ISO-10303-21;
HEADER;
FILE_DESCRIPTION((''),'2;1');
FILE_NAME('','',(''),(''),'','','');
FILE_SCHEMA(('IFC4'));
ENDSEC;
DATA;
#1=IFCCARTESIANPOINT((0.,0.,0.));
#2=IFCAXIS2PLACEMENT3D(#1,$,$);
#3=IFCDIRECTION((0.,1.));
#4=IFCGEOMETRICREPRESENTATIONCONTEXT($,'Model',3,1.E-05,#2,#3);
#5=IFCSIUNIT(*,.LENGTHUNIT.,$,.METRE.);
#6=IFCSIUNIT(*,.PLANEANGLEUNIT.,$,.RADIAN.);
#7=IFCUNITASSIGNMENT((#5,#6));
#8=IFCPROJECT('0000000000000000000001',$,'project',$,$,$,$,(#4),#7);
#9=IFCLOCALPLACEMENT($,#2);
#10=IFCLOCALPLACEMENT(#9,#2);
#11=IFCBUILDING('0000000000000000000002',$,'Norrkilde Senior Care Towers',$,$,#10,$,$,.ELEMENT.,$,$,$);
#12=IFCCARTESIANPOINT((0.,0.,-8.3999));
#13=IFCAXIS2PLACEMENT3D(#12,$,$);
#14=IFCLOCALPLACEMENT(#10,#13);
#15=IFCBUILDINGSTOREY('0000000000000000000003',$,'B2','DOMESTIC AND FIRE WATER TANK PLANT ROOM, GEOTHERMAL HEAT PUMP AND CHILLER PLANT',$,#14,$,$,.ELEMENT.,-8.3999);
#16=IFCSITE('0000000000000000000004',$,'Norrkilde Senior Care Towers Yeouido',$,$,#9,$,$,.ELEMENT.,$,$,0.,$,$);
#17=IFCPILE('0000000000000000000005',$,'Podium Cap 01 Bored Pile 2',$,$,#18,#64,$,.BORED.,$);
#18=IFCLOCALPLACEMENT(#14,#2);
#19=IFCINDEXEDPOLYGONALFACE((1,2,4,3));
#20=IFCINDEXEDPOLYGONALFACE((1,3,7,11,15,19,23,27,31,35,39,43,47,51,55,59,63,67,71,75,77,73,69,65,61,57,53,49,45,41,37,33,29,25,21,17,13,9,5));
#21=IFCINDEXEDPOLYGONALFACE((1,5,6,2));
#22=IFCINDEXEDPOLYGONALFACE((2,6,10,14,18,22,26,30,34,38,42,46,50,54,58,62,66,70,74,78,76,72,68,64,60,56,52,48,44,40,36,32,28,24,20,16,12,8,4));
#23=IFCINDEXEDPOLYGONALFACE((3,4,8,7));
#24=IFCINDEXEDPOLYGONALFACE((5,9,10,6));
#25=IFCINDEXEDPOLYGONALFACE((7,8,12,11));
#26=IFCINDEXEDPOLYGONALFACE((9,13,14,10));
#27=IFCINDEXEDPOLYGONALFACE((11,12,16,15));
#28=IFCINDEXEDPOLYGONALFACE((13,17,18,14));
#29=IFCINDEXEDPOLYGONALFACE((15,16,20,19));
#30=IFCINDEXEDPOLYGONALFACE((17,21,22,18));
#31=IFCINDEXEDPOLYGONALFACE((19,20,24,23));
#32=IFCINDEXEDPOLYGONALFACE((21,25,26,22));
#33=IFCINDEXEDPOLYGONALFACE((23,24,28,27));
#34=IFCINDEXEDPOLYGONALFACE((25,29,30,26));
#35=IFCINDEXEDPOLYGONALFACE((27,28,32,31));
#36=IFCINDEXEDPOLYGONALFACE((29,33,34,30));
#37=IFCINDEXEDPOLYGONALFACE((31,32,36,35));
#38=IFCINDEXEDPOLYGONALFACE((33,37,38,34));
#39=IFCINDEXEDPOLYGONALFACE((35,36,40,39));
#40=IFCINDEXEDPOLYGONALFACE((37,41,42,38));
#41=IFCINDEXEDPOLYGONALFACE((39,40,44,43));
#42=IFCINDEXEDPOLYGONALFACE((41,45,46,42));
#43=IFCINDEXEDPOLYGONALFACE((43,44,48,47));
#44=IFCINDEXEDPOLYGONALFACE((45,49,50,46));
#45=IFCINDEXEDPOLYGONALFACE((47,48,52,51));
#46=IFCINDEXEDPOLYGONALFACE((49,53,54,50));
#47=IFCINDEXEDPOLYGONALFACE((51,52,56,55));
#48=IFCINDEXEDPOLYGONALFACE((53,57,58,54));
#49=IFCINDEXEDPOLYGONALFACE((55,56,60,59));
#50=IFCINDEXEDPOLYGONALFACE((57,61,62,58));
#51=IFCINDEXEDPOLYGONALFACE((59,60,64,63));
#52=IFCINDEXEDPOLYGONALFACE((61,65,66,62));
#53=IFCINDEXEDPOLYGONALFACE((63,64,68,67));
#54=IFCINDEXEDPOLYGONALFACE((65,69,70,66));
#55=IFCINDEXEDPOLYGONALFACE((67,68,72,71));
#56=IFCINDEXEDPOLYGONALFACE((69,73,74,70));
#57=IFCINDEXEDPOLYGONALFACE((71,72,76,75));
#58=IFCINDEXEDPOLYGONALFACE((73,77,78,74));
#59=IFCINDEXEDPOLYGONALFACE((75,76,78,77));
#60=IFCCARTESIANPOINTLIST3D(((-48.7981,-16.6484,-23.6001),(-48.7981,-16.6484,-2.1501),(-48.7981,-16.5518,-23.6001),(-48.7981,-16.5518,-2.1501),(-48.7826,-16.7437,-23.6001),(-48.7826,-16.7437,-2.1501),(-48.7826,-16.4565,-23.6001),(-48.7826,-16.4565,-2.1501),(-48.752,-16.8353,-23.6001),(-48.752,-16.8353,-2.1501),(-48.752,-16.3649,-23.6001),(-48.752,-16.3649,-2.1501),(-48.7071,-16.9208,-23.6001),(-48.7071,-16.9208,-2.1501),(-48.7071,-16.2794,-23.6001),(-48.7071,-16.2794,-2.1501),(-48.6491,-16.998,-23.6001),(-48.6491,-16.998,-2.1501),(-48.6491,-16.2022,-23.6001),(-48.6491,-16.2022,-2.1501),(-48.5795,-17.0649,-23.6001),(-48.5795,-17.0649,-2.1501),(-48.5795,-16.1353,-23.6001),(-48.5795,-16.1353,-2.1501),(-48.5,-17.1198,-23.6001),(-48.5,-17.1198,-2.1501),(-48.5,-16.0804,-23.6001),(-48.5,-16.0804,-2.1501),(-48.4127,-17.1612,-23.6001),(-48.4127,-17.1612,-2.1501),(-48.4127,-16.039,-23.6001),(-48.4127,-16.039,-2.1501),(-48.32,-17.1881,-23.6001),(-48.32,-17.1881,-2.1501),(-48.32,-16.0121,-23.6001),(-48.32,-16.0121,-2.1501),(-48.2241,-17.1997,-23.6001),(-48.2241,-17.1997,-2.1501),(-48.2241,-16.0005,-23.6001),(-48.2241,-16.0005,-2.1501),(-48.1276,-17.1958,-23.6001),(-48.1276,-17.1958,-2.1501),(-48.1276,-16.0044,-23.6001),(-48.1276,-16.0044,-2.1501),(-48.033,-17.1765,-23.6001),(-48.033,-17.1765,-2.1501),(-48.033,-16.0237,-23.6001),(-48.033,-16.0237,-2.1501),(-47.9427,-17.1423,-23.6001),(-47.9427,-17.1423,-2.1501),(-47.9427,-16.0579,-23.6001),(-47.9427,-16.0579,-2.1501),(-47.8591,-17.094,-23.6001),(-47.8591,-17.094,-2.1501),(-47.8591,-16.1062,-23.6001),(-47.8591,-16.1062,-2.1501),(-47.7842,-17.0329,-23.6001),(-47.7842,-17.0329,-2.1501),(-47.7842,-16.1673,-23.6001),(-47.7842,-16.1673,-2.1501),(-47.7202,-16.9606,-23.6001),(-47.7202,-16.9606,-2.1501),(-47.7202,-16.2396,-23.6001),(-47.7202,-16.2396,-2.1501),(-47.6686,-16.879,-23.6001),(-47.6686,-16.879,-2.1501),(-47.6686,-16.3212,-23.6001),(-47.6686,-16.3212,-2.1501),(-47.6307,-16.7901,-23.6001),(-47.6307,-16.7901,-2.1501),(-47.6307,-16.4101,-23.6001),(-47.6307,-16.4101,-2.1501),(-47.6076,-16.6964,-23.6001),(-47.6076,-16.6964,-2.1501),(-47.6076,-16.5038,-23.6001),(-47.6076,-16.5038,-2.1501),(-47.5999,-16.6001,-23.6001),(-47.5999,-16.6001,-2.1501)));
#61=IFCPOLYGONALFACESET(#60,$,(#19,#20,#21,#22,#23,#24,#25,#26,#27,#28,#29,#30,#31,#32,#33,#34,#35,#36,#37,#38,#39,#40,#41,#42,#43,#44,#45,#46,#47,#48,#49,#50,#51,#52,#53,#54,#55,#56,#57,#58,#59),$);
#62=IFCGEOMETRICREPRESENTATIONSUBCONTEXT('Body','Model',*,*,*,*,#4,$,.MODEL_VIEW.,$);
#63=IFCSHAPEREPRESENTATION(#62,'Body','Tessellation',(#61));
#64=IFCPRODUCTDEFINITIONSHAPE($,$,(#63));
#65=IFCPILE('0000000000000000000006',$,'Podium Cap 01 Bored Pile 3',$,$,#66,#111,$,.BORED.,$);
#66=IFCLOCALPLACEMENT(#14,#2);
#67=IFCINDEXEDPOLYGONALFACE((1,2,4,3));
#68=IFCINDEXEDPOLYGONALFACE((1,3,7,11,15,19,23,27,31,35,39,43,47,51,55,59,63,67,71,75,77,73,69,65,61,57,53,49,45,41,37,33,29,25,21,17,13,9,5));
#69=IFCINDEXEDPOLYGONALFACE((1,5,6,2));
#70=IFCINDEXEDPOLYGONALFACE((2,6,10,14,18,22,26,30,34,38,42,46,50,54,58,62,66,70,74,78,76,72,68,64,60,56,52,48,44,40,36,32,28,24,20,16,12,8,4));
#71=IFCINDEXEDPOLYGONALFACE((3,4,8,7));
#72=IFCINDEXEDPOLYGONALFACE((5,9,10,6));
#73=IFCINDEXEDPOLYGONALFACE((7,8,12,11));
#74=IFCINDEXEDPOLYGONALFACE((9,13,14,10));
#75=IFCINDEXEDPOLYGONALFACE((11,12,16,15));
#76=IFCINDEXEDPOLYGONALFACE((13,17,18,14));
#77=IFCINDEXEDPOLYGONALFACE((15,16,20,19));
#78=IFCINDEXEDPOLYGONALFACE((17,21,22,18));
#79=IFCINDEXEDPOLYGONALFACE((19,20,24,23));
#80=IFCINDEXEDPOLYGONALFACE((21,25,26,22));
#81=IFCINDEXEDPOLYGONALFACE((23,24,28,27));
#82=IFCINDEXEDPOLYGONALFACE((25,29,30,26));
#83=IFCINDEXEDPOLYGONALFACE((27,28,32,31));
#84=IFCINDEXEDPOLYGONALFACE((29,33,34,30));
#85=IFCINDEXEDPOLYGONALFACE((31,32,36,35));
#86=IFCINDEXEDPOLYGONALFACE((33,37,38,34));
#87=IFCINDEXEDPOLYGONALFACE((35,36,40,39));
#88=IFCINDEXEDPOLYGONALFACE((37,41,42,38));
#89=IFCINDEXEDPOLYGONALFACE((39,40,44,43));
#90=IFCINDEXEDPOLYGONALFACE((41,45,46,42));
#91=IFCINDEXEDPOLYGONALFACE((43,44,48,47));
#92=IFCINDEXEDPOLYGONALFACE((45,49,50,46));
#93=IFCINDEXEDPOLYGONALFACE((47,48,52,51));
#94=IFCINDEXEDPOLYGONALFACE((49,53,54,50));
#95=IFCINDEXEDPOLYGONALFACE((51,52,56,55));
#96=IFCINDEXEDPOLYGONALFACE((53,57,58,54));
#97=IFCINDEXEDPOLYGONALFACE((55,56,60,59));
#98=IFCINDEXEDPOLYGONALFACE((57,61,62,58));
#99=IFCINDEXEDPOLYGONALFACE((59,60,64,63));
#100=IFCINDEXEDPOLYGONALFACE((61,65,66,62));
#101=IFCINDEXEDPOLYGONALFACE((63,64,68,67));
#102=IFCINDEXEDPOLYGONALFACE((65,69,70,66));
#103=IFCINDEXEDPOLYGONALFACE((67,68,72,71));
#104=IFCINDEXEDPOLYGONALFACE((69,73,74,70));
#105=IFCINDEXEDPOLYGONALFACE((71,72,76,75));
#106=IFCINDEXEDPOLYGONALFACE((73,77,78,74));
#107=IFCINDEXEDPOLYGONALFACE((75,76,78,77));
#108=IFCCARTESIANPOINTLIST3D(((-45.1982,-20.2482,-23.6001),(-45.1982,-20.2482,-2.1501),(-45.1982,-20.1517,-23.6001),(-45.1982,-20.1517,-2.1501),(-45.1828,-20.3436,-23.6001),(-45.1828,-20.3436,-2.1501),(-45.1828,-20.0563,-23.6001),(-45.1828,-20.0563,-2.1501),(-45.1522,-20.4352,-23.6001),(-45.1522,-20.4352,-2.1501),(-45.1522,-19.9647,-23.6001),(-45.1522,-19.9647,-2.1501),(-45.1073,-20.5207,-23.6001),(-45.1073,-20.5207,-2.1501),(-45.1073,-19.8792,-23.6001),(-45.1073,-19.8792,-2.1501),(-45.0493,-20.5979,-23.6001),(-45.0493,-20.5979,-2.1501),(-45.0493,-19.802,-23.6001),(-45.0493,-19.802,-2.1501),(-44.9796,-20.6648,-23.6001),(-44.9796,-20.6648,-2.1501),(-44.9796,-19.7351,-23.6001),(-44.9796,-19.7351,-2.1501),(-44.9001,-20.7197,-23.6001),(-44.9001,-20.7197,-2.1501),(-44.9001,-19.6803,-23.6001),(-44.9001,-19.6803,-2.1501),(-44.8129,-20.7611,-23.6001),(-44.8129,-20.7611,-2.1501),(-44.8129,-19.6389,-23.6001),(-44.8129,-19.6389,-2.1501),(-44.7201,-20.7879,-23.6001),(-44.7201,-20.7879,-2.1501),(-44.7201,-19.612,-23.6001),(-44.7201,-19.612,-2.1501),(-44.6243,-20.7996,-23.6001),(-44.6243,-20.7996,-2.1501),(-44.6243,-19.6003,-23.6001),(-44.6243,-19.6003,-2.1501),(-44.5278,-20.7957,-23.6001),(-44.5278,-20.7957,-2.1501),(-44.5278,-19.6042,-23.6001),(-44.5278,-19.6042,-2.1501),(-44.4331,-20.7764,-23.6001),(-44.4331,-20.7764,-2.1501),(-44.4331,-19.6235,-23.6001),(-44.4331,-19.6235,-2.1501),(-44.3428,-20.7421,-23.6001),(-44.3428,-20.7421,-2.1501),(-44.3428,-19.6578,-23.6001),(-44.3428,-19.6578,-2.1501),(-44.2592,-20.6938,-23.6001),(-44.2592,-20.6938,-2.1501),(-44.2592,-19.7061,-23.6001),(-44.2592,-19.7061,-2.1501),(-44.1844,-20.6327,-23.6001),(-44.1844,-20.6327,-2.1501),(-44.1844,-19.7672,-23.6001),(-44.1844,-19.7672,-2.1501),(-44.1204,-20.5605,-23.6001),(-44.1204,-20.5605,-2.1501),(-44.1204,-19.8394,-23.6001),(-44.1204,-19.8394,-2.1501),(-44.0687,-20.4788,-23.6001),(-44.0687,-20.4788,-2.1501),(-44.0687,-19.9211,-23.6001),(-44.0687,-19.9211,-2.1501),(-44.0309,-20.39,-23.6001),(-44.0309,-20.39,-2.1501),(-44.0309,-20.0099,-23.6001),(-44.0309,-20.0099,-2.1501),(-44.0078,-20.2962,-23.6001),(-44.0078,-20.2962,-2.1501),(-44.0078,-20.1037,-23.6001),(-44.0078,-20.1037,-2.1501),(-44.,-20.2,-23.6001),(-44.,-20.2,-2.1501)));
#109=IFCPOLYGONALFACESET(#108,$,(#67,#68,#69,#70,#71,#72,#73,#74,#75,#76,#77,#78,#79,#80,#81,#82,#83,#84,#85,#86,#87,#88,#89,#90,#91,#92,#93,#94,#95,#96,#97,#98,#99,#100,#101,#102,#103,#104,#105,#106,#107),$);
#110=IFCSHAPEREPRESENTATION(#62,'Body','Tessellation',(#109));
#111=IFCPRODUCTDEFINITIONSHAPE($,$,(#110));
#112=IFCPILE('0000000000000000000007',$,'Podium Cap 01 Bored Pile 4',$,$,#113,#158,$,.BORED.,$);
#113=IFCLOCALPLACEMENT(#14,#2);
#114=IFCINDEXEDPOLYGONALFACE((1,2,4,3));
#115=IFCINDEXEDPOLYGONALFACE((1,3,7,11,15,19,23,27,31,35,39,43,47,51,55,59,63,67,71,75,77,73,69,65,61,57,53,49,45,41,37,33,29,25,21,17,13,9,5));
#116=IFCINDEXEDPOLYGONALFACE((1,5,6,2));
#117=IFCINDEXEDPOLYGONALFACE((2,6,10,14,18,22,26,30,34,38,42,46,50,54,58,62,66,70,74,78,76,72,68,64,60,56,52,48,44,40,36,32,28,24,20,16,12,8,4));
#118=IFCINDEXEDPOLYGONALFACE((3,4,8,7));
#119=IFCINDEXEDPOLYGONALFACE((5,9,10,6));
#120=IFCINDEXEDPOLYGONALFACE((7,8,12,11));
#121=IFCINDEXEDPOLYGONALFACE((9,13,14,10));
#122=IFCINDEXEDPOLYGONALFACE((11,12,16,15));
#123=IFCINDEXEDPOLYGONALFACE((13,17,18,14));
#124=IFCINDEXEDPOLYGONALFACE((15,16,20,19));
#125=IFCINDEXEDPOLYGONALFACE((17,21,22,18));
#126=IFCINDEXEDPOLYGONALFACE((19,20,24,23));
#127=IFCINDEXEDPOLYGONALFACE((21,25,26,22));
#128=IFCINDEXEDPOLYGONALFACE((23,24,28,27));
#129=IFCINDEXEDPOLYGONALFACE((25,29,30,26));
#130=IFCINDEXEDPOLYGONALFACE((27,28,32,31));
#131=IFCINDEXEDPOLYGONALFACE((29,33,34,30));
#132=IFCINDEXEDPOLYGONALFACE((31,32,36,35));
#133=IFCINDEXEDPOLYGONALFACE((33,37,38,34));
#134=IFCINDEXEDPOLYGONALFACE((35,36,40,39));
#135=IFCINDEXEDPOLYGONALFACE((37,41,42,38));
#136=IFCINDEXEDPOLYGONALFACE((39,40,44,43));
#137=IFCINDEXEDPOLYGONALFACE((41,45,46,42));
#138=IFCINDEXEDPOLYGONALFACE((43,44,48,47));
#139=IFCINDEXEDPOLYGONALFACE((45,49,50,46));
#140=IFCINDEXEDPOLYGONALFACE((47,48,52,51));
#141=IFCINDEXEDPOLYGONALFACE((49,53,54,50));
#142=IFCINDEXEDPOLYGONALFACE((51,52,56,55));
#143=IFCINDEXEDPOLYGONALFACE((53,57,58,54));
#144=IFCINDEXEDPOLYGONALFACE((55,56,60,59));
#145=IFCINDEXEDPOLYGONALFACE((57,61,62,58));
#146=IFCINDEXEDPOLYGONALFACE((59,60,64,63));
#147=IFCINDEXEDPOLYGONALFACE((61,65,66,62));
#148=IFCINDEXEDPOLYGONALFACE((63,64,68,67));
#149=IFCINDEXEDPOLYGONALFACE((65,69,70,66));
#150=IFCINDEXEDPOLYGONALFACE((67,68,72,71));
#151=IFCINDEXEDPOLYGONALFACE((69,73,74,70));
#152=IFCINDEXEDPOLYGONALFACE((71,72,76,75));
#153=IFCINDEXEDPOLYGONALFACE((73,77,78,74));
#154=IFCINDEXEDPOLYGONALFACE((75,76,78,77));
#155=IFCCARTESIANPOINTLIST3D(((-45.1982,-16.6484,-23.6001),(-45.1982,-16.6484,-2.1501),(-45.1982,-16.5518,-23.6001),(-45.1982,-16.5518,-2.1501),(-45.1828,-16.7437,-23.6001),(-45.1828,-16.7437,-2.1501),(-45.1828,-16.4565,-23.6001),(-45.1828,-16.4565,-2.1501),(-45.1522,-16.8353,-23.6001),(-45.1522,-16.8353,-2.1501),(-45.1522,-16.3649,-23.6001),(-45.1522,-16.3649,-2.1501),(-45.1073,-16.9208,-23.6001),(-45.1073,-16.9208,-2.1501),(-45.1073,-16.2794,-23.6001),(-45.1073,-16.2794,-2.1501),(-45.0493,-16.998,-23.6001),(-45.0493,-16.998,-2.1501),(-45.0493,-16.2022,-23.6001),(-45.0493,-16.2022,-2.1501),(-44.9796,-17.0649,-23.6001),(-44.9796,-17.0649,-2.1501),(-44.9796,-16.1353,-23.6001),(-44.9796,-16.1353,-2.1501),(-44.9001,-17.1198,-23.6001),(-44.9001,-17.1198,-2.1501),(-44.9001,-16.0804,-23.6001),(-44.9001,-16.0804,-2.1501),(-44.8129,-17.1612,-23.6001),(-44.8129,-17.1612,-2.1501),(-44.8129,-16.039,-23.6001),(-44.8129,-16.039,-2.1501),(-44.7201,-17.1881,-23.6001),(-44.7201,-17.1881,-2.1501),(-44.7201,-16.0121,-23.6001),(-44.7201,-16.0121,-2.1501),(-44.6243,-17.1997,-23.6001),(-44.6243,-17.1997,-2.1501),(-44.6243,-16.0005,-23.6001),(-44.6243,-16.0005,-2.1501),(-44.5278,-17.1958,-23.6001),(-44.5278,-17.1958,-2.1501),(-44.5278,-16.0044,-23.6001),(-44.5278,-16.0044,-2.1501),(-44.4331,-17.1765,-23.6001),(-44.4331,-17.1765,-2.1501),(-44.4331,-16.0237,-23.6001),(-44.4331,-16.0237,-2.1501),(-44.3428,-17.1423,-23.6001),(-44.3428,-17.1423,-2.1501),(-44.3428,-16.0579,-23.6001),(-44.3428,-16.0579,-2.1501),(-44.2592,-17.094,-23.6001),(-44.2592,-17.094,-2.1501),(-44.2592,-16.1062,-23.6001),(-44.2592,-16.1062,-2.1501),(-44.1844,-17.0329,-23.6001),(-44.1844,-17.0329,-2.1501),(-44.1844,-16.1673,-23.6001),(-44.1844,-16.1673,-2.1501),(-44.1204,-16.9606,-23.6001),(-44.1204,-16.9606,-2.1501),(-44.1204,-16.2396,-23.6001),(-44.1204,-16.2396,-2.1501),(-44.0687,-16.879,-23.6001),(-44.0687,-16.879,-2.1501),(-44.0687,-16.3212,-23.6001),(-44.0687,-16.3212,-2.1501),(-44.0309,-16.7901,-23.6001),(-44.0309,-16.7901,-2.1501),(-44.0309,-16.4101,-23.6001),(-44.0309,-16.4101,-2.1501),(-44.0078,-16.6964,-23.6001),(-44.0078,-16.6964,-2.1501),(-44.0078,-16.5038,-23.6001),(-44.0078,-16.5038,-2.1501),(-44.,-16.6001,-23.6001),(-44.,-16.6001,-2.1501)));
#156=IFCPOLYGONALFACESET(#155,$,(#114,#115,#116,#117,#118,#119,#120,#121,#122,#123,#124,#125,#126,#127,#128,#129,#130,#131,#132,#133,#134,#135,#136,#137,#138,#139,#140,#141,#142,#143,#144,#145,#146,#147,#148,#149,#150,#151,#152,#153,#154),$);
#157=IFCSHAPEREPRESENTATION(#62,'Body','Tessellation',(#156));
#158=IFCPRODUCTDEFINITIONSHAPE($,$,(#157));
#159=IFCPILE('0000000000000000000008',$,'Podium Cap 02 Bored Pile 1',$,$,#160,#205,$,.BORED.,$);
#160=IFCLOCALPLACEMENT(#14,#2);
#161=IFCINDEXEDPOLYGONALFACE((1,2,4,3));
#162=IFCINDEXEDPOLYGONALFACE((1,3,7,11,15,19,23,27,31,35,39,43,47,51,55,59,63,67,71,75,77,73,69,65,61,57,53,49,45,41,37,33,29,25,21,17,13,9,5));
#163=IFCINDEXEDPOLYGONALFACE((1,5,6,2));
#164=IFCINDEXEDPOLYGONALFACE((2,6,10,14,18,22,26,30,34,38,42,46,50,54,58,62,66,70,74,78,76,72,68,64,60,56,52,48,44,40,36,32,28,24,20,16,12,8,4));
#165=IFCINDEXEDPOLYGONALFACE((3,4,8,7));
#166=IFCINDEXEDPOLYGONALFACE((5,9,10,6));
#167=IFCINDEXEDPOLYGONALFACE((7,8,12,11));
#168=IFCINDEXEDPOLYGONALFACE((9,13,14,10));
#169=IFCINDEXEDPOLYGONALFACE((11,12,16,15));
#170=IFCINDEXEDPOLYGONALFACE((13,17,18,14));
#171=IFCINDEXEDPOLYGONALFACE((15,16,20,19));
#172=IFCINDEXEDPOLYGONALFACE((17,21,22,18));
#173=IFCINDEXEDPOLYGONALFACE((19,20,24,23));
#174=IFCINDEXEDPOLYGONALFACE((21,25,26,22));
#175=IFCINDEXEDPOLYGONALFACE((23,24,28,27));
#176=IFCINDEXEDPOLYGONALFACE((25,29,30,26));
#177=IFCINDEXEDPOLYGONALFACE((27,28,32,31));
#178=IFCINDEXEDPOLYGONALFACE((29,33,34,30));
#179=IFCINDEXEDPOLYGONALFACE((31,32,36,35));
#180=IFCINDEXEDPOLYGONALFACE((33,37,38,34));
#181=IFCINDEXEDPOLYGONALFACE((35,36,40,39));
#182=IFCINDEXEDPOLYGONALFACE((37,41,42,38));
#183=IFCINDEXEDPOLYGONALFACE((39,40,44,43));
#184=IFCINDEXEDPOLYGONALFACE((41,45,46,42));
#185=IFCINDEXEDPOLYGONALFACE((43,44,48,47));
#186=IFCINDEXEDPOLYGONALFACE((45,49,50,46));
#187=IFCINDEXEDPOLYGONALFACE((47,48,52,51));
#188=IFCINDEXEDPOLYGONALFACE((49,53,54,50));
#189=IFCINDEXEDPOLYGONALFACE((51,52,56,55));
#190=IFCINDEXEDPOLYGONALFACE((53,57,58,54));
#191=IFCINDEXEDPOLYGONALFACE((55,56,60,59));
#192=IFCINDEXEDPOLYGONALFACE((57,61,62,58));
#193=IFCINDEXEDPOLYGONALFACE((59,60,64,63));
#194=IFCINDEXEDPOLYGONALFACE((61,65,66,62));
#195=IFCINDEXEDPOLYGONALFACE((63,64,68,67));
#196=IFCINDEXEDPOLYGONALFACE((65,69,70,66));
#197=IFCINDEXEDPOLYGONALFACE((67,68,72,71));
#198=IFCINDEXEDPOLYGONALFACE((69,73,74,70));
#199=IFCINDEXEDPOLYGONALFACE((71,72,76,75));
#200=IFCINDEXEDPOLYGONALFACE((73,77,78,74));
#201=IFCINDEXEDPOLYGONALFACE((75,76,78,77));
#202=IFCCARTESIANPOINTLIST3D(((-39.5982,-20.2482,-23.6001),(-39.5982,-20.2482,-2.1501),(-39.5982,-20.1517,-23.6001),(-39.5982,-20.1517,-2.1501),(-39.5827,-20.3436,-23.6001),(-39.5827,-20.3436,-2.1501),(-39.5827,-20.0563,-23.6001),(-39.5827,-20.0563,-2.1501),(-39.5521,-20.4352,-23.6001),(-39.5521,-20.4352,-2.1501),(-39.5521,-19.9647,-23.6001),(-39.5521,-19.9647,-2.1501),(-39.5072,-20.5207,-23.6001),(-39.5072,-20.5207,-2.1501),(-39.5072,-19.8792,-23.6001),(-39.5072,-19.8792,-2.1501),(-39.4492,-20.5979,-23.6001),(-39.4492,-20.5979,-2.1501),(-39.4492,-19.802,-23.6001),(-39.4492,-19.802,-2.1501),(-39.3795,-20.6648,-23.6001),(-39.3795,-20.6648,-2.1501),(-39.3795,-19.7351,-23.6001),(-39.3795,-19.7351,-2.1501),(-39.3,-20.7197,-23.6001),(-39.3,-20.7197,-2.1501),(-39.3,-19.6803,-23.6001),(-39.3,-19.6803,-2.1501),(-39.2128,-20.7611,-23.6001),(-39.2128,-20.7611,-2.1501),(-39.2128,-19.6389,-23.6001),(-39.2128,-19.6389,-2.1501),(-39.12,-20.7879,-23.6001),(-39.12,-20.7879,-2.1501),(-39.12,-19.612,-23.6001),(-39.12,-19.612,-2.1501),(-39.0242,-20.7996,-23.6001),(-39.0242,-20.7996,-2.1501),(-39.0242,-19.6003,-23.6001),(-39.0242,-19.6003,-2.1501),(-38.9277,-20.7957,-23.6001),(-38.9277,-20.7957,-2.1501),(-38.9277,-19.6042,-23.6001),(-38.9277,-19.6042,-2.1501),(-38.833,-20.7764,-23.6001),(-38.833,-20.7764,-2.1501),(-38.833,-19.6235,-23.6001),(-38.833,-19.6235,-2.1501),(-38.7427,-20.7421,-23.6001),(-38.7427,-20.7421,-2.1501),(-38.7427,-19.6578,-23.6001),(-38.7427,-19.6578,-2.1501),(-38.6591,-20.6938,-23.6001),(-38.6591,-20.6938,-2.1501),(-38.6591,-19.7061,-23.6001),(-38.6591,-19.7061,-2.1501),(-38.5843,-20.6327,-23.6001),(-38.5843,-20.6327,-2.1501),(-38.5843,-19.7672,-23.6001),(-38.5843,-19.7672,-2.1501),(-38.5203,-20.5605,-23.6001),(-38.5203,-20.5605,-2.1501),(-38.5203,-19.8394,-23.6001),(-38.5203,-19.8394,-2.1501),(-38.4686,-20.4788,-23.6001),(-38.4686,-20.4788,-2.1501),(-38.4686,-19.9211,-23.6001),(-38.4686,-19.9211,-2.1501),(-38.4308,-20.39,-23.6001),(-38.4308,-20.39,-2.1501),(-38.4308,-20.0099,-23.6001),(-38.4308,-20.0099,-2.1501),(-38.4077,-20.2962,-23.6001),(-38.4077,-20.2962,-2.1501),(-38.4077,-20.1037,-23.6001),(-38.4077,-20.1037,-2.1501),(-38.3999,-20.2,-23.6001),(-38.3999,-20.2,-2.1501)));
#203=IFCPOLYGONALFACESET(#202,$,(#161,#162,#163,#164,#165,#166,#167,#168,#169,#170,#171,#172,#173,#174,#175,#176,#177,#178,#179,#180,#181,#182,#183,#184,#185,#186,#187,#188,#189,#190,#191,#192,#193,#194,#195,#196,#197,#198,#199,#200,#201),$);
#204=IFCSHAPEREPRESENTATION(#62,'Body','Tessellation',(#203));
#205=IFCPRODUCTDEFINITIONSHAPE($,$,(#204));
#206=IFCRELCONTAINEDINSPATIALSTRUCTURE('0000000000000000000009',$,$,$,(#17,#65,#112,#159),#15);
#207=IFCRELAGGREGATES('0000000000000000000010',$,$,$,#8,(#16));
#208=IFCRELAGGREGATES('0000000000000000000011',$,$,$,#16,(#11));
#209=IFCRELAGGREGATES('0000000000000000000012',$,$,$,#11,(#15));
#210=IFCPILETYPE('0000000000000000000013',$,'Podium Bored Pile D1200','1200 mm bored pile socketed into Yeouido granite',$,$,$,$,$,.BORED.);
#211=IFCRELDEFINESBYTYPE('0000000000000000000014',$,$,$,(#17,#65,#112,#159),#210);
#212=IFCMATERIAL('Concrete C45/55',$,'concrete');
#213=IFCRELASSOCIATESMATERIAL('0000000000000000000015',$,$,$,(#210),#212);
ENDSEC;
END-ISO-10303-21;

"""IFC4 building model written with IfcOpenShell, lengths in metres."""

from ifc_helpers import new_model, si_unit, direction, frame, origin, origin_2d, place, context, subcontext, project, spatial, circle, extrude, source, transform, mapped, material, material_profile, profile_set, type_object, element, save


model = new_model("IFC4")

# Units and contexts
model_context = context("Model", 3, precision=1e-05, world=origin(), true_north=direction((0.0, 1.0)))
body_context = subcontext(model_context, "Body", "Model", "MODEL_VIEW")
ifc_project = project(units=[si_unit("LENGTHUNIT", "METRE"), si_unit("PLANEANGLEUNIT", "RADIAN")], contexts=[model_context])

# Site, building, storey
site_placement = place(None, origin())
site = spatial("IfcSite", under=ifc_project, at=site_placement, Name="Norrkilde Senior Care Towers Yeouido", CompositionType="ELEMENT", RefElevation=0.0)
building_placement = place(site_placement, origin())
building = spatial("IfcBuilding", under=site, at=building_placement, Name="Norrkilde Senior Care Towers", CompositionType="ELEMENT")
storey_placement = place(building_placement, frame((0.0, 0.0, -8.3999)))
storey = spatial("IfcBuildingStorey", under=building, at=storey_placement, Name="B2", Description="DOMESTIC AND FIRE WATER TANK PLANT ROOM, GEOTHERMAL HEAT PUMP AND CHILLER PLANT", CompositionType="ELEMENT", Elevation=-8.3999)

# Piles
ifc_material_1 = material(Name="Concrete C45/55", Category="concrete")
ifc_material_profile_1 = material_profile(ifc_material_1, circle(Radius=0.6001, at=origin_2d()), Name="BORED PILE 1200")
ifc_profile_set_1 = profile_set([ifc_material_profile_1], Name="Concrete C45/55")
pile_type_1 = type_object("IfcPileType", Name="Podium Bored Pile D1200", Description="1200 mm bored pile socketed into Yeouido granite", PredefinedType="BORED", material=ifc_profile_set_1)
shared_shape_1 = source(origin(), body_context, "Body", "SweptSolid", [
    extrude(circle(Radius=0.6001, at=origin_2d()), origin(), (0.0, 0.0, 1.0), 21.45),
])
for number, where, z_axis, x_axis, name in (
    (1, (-48.2, -16.6001, -2.1501), (0.0, 0.0, -1.0), (1.0, 0.0, 0.0), "Podium Cap 01 Bored Pile 2"),
    (2, (-44.6001, -20.2, -2.1501), (0.0, 0.0, -1.0), (1.0, 0.0, 0.0), "Podium Cap 01 Bored Pile 3"),
    (3, (-44.6001, -16.6001, -2.1501), (0.0, 0.0, -1.0), (1.0, 0.0, 0.0), "Podium Cap 01 Bored Pile 4"),
    (4, (-39.0, -20.2, -2.1501), (0.0, 0.0, -1.0), (1.0, 0.0, 0.0), "Podium Cap 02 Bored Pile 1"),
):
    element("IfcPile", number, at=place(storey_placement, frame(where, z_axis=z_axis, x_axis=x_axis)), inside=storey, type_object=pile_type_1, Name=name, PredefinedType="BORED", context=body_context, shape_type="MappedRepresentation", body=[
        mapped(shared_shape_1, transform((0.0, 0.0, 0.0), x_axis=(1.0, 0.0, 0.0), y_axis=(0.0, 1.0, 0.0), z_axis=(0.0, 0.0, 1.0), scale=1.0)),
    ])

save(model, "model.ifc")
